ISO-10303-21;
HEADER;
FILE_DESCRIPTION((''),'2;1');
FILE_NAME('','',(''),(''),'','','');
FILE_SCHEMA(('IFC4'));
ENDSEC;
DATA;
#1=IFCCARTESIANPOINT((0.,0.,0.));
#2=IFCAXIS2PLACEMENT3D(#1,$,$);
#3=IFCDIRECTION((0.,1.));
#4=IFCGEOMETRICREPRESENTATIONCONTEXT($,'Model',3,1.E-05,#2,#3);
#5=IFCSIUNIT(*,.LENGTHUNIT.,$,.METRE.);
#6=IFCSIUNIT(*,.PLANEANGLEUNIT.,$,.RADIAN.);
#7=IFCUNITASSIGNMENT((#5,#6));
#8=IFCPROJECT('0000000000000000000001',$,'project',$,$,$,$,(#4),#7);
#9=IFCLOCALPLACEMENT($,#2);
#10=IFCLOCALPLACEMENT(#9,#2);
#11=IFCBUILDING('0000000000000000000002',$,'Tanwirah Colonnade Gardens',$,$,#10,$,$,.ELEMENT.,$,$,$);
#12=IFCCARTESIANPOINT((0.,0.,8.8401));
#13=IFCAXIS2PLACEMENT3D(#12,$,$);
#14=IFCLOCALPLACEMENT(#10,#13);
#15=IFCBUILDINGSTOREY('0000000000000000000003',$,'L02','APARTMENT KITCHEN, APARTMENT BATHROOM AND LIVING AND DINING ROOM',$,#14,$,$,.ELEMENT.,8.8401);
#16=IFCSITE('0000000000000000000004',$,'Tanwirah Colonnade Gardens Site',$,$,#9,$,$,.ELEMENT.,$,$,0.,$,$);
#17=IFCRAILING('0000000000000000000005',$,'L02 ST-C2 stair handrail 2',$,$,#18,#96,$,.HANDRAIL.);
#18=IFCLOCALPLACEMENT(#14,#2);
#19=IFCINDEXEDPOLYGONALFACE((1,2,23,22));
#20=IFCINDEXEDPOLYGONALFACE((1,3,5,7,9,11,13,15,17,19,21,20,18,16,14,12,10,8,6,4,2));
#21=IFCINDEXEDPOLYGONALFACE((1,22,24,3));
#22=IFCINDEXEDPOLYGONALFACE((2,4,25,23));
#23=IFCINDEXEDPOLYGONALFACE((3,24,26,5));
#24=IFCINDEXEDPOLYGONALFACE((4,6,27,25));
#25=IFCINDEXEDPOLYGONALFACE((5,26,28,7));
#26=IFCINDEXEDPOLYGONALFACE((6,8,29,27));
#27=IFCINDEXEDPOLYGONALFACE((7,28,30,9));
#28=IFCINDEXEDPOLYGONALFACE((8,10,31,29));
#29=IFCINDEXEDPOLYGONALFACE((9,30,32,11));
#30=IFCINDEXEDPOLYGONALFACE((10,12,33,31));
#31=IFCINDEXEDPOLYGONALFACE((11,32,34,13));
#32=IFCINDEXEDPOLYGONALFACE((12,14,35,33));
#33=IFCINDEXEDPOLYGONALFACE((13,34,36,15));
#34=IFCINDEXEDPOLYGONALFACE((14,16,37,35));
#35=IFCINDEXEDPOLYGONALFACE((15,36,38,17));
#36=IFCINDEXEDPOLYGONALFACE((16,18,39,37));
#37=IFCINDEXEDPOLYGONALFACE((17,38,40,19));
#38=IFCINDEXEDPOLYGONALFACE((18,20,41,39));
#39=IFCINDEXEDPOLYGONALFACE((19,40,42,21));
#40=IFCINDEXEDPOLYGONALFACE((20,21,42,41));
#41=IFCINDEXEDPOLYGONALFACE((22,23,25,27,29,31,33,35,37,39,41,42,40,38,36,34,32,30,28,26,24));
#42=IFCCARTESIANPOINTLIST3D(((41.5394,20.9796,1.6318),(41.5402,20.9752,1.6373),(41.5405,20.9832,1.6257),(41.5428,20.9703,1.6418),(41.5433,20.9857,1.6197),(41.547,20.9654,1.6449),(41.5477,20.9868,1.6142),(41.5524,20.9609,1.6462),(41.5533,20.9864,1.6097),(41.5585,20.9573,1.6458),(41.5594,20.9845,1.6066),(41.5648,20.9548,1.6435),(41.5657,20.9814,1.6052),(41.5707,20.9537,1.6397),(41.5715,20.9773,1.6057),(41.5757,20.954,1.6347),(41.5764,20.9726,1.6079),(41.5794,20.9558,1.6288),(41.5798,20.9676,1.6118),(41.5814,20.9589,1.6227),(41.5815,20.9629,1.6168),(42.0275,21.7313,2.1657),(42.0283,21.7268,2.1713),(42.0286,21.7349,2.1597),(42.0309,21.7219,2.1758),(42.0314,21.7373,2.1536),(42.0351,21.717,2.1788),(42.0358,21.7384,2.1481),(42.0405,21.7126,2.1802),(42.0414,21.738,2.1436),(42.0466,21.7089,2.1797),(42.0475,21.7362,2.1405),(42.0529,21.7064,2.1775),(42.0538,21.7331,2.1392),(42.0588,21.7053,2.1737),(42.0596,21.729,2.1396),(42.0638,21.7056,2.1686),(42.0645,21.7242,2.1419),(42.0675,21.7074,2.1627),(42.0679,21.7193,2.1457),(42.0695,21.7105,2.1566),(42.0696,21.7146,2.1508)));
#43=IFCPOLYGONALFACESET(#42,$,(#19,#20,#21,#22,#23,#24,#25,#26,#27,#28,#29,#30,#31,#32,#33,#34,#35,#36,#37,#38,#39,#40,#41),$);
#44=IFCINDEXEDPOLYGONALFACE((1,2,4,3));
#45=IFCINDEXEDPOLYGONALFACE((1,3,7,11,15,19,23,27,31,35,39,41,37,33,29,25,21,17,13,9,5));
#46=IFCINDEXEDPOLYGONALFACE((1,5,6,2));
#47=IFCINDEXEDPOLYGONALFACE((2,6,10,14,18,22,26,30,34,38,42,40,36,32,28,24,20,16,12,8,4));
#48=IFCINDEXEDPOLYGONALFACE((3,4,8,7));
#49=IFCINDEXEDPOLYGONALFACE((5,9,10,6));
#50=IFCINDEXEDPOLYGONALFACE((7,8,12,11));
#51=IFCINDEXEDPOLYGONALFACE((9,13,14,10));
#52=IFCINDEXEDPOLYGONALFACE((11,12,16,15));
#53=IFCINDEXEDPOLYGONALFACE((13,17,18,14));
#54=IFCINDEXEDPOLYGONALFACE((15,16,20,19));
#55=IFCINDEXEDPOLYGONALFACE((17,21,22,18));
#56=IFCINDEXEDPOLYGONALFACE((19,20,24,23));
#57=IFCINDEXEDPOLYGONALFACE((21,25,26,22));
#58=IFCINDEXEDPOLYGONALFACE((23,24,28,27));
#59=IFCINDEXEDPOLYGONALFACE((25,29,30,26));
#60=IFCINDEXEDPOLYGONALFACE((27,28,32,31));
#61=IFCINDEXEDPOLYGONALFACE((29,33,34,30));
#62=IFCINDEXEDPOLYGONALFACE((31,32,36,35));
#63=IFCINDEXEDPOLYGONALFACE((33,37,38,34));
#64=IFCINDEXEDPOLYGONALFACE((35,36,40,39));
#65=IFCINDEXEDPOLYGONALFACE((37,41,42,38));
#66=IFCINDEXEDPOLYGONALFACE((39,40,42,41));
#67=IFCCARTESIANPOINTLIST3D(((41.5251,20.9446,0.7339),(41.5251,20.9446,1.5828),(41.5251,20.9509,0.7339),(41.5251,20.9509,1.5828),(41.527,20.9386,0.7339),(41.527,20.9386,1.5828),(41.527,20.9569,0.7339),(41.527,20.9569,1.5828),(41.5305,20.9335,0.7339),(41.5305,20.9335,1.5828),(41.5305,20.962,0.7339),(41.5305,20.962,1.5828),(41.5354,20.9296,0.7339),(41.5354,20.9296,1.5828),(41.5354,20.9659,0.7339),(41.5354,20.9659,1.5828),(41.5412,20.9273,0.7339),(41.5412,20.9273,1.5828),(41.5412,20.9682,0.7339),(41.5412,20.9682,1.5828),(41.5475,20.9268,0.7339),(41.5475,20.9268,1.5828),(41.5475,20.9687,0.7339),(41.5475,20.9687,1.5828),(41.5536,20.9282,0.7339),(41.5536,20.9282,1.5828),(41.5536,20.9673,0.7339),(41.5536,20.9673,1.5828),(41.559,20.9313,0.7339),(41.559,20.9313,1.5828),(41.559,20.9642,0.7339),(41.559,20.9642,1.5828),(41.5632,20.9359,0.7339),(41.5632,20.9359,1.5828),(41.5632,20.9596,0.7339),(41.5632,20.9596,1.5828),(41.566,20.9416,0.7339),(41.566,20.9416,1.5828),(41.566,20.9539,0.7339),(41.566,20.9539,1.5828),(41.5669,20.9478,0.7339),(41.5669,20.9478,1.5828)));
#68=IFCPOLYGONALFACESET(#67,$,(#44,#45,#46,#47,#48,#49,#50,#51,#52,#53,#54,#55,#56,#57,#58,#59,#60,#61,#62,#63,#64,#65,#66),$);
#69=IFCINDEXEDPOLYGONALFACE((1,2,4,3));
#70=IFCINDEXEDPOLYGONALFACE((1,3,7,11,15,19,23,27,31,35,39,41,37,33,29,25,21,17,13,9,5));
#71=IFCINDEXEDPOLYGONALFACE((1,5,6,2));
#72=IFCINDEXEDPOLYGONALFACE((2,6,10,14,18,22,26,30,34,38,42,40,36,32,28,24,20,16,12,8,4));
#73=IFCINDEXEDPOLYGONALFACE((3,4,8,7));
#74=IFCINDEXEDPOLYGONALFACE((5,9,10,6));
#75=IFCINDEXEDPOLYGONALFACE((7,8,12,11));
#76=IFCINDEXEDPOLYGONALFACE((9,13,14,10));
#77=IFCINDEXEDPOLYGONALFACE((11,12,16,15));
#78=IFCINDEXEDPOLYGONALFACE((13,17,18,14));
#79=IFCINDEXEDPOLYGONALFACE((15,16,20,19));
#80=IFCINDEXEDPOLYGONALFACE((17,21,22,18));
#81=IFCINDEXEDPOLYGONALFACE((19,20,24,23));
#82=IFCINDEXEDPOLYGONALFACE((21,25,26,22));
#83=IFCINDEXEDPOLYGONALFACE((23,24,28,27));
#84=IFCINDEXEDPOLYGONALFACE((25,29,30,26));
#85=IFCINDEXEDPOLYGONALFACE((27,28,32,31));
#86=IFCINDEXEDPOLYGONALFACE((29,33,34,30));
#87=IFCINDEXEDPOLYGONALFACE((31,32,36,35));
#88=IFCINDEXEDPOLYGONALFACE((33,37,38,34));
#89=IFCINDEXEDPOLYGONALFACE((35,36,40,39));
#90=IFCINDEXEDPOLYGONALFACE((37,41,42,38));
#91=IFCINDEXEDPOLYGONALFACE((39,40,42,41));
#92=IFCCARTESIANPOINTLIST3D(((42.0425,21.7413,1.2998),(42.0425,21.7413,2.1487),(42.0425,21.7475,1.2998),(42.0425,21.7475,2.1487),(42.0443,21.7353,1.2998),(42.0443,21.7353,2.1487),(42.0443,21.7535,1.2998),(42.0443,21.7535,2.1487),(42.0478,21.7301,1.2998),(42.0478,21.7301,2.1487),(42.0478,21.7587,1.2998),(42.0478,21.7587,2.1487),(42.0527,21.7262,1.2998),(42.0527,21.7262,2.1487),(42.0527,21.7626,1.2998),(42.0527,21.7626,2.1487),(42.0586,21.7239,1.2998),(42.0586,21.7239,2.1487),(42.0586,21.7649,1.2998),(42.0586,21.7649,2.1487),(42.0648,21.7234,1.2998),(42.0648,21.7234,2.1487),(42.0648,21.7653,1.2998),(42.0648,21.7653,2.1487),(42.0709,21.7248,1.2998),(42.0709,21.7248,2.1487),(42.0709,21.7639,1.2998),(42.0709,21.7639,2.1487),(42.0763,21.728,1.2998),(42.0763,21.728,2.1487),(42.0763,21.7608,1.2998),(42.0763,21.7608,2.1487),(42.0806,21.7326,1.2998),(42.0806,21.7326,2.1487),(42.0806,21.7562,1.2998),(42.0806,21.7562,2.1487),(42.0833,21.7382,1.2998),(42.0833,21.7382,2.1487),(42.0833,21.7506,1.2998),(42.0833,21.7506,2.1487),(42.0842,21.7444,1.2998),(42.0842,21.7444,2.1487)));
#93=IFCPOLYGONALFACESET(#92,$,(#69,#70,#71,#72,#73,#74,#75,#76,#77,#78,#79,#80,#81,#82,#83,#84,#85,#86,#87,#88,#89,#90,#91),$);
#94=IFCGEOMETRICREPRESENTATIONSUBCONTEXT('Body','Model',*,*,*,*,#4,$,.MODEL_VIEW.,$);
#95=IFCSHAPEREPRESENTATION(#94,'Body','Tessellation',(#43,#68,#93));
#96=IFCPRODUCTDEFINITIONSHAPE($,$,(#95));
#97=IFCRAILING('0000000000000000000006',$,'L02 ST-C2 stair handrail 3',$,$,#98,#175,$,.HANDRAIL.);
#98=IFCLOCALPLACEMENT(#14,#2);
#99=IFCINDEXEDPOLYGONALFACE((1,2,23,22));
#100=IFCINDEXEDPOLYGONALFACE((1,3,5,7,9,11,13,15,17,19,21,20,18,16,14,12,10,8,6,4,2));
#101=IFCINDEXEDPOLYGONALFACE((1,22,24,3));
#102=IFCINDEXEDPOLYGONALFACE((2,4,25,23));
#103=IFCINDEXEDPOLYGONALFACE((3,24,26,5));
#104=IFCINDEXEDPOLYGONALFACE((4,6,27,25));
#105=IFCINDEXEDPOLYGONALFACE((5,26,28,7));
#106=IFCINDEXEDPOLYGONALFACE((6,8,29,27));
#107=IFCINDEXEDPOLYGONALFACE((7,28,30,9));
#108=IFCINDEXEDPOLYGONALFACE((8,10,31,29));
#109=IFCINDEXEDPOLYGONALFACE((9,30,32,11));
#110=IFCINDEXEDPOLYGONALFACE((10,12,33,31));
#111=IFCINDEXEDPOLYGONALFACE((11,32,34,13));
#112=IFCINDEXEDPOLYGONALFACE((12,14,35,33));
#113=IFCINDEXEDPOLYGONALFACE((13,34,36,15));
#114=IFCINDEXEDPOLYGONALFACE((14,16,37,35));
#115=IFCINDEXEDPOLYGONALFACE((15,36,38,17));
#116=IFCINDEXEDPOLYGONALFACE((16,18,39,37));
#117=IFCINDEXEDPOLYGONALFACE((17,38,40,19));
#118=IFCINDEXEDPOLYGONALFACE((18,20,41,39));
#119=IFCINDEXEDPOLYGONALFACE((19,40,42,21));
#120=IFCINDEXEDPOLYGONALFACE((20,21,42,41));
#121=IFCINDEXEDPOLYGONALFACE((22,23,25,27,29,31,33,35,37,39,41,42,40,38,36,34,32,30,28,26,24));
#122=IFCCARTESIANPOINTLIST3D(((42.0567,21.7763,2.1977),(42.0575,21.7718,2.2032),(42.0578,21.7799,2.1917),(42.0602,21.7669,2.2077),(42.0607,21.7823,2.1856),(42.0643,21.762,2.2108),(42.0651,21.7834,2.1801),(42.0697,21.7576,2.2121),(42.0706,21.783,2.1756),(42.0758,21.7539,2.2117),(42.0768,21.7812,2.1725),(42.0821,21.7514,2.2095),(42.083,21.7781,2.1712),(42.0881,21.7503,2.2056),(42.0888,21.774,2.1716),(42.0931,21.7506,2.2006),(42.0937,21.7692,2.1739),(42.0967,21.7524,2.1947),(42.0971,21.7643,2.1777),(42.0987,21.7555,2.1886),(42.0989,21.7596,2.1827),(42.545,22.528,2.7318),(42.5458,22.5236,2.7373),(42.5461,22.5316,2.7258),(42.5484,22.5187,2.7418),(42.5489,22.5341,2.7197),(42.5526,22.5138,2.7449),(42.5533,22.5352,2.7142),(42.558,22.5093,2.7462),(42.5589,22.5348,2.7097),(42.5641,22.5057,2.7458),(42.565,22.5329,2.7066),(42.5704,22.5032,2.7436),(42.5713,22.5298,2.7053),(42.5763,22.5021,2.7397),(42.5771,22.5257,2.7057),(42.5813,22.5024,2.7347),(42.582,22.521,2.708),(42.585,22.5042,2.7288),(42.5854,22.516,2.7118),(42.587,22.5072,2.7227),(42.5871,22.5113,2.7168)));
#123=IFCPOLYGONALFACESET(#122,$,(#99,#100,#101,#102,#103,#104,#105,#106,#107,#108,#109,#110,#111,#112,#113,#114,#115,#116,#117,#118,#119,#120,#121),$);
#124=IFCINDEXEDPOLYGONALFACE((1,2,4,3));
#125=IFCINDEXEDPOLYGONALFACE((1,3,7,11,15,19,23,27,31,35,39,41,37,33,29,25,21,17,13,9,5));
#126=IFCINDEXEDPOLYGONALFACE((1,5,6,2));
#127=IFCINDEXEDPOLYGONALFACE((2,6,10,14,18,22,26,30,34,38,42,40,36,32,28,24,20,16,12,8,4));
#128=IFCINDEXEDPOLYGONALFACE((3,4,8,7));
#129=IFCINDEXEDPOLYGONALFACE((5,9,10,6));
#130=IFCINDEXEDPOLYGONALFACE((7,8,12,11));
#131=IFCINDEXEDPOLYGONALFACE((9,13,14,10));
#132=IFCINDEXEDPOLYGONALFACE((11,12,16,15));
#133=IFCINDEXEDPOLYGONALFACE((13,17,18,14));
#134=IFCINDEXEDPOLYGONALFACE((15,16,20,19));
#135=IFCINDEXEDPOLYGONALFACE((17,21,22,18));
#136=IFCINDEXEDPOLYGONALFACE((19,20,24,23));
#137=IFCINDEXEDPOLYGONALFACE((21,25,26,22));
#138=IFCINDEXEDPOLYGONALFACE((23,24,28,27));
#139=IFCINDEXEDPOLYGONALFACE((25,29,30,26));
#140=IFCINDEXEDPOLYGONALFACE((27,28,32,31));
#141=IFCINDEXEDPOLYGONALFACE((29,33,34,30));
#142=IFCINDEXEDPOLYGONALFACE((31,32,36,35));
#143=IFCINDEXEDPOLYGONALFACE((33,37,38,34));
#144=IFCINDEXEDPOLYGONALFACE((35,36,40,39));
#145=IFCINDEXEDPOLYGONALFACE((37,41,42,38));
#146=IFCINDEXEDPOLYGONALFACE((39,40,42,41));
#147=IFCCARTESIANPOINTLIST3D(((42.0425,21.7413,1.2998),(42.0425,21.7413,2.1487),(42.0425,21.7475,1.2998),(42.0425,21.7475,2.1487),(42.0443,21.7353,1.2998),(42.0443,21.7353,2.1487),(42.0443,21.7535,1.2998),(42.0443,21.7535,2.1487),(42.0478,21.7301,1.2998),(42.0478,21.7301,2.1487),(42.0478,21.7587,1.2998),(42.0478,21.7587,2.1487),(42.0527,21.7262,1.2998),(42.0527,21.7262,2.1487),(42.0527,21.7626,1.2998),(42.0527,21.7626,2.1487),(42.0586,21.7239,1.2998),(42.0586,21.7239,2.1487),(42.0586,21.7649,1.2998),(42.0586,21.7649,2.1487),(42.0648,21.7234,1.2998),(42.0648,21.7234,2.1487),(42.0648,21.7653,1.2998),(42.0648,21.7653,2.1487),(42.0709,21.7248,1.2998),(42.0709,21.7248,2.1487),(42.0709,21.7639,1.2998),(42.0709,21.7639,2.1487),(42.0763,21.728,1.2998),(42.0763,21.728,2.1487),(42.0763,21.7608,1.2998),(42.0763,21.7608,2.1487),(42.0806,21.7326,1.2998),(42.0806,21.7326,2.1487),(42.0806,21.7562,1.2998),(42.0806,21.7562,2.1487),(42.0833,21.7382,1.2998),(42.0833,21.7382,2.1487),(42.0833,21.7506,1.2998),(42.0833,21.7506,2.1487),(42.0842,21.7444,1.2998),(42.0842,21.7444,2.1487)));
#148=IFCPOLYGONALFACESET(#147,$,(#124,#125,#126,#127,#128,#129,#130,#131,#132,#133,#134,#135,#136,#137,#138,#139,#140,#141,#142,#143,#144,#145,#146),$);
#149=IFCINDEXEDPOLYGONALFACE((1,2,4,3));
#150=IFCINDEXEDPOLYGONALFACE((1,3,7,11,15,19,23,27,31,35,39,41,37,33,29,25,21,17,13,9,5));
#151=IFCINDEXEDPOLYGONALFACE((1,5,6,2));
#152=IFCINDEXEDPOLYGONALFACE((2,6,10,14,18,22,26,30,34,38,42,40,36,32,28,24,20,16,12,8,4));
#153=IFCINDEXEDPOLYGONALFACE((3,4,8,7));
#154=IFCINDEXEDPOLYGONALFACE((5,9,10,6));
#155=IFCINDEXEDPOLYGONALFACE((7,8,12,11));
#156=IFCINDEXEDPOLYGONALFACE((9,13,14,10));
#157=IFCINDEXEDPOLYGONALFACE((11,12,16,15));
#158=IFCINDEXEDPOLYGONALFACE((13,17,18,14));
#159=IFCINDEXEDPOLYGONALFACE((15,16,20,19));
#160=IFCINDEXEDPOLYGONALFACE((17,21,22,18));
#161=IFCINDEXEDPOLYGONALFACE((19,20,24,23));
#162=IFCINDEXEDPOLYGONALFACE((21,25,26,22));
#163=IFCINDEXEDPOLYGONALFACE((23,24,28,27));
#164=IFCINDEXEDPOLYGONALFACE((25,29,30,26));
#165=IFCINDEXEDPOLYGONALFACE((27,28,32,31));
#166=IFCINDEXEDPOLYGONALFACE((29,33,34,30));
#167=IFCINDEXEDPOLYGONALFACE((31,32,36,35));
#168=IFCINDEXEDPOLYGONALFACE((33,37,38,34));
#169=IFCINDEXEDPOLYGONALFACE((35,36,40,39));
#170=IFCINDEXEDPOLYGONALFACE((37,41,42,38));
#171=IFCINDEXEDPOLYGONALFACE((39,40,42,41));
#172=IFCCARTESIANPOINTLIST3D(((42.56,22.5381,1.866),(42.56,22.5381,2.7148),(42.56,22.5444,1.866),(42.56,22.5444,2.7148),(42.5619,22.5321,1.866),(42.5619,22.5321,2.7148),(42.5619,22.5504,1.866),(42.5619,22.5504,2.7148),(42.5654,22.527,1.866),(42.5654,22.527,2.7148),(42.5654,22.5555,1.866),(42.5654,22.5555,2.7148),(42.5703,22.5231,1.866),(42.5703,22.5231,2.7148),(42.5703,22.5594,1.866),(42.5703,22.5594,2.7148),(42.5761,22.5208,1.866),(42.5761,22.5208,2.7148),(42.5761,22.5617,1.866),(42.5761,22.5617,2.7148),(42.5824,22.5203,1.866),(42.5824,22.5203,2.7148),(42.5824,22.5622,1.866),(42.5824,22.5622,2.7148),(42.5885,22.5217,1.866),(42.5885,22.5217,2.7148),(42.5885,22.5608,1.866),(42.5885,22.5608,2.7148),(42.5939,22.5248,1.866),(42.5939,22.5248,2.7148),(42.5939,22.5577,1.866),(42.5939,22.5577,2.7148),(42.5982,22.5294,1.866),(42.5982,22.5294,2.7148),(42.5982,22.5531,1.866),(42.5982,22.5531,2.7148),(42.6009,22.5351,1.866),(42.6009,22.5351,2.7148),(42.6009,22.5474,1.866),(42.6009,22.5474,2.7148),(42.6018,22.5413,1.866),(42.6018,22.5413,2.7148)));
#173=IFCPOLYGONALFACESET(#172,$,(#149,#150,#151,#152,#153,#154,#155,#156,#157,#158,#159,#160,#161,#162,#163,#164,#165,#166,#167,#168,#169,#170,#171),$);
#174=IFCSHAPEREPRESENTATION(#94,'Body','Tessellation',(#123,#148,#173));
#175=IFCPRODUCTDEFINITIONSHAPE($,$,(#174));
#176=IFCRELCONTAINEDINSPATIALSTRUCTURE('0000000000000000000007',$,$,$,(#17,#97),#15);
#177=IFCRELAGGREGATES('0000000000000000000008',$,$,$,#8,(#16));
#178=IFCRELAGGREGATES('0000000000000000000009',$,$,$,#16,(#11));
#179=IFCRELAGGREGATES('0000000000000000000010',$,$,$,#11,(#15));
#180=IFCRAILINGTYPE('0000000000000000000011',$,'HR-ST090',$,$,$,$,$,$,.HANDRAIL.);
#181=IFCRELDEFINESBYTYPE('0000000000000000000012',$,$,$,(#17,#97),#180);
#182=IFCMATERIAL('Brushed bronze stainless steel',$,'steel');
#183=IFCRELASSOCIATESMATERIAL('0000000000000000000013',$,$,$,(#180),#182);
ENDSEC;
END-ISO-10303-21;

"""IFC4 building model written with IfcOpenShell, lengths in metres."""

from ifc_helpers import new_model, si_unit, direction, frame, origin, origin_2d, place, context, subcontext, project, spatial, circle, extrude, material, type_object, element, save


model = new_model("IFC4")

# Units and contexts
model_context = context("Model", 3, precision=1e-05, world=origin(), true_north=direction((0.0, 1.0)))
body_context = subcontext(model_context, "Body", "Model", "MODEL_VIEW")
ifc_project = project(units=[si_unit("LENGTHUNIT", "METRE"), si_unit("PLANEANGLEUNIT", "RADIAN")], contexts=[model_context])

# Site, building, storey
site_placement = place(None, origin())
site = spatial("IfcSite", under=ifc_project, at=site_placement, Name="Tanwirah Colonnade Gardens Site", CompositionType="ELEMENT", RefElevation=0.0)
building_placement = place(site_placement, origin())
building = spatial("IfcBuilding", under=site, at=building_placement, Name="Tanwirah Colonnade Gardens", CompositionType="ELEMENT")
storey_placement = place(building_placement, frame((0.0, 0.0, 8.8401)))
storey = spatial("IfcBuildingStorey", under=building, at=storey_placement, Name="L02", Description="APARTMENT KITCHEN, APARTMENT BATHROOM AND LIVING AND DINING ROOM", CompositionType="ELEMENT", Elevation=8.8401)

# Railings
ifc_material_1 = material(Name="Brushed bronze stainless steel", Category="steel")
railing_type_1 = type_object("IfcRailingType", Name="HR-ST090", PredefinedType="HANDRAIL", material=ifc_material_1)
for number, where, name in (
    (1, (41.5459, 20.9478, 0.7339), "L02 ST-C2 stair handrail 2"),
):
    element("IfcRailing", number, at=place(storey_placement, frame(where)), inside=storey, type_object=railing_type_1, Name=name, PredefinedType="HANDRAIL", context=body_context, shape_type="SweptSolid", body=[
        extrude(circle(Radius=0.0239, at=origin_2d()), frame((0.0146, 0.0225, 0.8918), z_axis=(0.46789, 0.720492, 0.51183), x_axis=(-0.838673, 0.544636, 0.0)), (0.0, 0.0, 1.0), 1.0432),
        extrude(circle(Radius=0.021, at=origin_2d()), origin(), (0.0, 0.0, 1.0), 0.8489),
        extrude(circle(Radius=0.021, at=origin_2d()), frame((0.5173, 0.7966, 0.5659)), (0.0, 0.0, 1.0), 0.8489),
    ])
railing_1_placement = place(storey_placement, frame((42.0632, 21.7444, 1.2998)))
element("IfcRailing", 2, at=railing_1_placement, inside=storey, type_object=railing_type_1, Name="L02 ST-C2 stair handrail 3", PredefinedType="HANDRAIL", context=body_context, shape_type="SweptSolid", body=[
    extrude(circle(Radius=0.0239, at=origin_2d()), frame((0.0146, 0.0225, 0.8918), z_axis=(0.467935, 0.720443, 0.511859), x_axis=(-0.838631, 0.544699, 0.0)), (0.0, 0.0, 1.0), 1.0435),
    extrude(circle(Radius=0.021, at=origin_2d()), origin(), (0.0, 0.0, 1.0), 0.8489),
    extrude(circle(Radius=0.021, at=origin_2d()), frame((0.5176, 0.7969, 0.5662)), (0.0, 0.0, 1.0), 0.8489),
])

save(model, "model.ifc")
